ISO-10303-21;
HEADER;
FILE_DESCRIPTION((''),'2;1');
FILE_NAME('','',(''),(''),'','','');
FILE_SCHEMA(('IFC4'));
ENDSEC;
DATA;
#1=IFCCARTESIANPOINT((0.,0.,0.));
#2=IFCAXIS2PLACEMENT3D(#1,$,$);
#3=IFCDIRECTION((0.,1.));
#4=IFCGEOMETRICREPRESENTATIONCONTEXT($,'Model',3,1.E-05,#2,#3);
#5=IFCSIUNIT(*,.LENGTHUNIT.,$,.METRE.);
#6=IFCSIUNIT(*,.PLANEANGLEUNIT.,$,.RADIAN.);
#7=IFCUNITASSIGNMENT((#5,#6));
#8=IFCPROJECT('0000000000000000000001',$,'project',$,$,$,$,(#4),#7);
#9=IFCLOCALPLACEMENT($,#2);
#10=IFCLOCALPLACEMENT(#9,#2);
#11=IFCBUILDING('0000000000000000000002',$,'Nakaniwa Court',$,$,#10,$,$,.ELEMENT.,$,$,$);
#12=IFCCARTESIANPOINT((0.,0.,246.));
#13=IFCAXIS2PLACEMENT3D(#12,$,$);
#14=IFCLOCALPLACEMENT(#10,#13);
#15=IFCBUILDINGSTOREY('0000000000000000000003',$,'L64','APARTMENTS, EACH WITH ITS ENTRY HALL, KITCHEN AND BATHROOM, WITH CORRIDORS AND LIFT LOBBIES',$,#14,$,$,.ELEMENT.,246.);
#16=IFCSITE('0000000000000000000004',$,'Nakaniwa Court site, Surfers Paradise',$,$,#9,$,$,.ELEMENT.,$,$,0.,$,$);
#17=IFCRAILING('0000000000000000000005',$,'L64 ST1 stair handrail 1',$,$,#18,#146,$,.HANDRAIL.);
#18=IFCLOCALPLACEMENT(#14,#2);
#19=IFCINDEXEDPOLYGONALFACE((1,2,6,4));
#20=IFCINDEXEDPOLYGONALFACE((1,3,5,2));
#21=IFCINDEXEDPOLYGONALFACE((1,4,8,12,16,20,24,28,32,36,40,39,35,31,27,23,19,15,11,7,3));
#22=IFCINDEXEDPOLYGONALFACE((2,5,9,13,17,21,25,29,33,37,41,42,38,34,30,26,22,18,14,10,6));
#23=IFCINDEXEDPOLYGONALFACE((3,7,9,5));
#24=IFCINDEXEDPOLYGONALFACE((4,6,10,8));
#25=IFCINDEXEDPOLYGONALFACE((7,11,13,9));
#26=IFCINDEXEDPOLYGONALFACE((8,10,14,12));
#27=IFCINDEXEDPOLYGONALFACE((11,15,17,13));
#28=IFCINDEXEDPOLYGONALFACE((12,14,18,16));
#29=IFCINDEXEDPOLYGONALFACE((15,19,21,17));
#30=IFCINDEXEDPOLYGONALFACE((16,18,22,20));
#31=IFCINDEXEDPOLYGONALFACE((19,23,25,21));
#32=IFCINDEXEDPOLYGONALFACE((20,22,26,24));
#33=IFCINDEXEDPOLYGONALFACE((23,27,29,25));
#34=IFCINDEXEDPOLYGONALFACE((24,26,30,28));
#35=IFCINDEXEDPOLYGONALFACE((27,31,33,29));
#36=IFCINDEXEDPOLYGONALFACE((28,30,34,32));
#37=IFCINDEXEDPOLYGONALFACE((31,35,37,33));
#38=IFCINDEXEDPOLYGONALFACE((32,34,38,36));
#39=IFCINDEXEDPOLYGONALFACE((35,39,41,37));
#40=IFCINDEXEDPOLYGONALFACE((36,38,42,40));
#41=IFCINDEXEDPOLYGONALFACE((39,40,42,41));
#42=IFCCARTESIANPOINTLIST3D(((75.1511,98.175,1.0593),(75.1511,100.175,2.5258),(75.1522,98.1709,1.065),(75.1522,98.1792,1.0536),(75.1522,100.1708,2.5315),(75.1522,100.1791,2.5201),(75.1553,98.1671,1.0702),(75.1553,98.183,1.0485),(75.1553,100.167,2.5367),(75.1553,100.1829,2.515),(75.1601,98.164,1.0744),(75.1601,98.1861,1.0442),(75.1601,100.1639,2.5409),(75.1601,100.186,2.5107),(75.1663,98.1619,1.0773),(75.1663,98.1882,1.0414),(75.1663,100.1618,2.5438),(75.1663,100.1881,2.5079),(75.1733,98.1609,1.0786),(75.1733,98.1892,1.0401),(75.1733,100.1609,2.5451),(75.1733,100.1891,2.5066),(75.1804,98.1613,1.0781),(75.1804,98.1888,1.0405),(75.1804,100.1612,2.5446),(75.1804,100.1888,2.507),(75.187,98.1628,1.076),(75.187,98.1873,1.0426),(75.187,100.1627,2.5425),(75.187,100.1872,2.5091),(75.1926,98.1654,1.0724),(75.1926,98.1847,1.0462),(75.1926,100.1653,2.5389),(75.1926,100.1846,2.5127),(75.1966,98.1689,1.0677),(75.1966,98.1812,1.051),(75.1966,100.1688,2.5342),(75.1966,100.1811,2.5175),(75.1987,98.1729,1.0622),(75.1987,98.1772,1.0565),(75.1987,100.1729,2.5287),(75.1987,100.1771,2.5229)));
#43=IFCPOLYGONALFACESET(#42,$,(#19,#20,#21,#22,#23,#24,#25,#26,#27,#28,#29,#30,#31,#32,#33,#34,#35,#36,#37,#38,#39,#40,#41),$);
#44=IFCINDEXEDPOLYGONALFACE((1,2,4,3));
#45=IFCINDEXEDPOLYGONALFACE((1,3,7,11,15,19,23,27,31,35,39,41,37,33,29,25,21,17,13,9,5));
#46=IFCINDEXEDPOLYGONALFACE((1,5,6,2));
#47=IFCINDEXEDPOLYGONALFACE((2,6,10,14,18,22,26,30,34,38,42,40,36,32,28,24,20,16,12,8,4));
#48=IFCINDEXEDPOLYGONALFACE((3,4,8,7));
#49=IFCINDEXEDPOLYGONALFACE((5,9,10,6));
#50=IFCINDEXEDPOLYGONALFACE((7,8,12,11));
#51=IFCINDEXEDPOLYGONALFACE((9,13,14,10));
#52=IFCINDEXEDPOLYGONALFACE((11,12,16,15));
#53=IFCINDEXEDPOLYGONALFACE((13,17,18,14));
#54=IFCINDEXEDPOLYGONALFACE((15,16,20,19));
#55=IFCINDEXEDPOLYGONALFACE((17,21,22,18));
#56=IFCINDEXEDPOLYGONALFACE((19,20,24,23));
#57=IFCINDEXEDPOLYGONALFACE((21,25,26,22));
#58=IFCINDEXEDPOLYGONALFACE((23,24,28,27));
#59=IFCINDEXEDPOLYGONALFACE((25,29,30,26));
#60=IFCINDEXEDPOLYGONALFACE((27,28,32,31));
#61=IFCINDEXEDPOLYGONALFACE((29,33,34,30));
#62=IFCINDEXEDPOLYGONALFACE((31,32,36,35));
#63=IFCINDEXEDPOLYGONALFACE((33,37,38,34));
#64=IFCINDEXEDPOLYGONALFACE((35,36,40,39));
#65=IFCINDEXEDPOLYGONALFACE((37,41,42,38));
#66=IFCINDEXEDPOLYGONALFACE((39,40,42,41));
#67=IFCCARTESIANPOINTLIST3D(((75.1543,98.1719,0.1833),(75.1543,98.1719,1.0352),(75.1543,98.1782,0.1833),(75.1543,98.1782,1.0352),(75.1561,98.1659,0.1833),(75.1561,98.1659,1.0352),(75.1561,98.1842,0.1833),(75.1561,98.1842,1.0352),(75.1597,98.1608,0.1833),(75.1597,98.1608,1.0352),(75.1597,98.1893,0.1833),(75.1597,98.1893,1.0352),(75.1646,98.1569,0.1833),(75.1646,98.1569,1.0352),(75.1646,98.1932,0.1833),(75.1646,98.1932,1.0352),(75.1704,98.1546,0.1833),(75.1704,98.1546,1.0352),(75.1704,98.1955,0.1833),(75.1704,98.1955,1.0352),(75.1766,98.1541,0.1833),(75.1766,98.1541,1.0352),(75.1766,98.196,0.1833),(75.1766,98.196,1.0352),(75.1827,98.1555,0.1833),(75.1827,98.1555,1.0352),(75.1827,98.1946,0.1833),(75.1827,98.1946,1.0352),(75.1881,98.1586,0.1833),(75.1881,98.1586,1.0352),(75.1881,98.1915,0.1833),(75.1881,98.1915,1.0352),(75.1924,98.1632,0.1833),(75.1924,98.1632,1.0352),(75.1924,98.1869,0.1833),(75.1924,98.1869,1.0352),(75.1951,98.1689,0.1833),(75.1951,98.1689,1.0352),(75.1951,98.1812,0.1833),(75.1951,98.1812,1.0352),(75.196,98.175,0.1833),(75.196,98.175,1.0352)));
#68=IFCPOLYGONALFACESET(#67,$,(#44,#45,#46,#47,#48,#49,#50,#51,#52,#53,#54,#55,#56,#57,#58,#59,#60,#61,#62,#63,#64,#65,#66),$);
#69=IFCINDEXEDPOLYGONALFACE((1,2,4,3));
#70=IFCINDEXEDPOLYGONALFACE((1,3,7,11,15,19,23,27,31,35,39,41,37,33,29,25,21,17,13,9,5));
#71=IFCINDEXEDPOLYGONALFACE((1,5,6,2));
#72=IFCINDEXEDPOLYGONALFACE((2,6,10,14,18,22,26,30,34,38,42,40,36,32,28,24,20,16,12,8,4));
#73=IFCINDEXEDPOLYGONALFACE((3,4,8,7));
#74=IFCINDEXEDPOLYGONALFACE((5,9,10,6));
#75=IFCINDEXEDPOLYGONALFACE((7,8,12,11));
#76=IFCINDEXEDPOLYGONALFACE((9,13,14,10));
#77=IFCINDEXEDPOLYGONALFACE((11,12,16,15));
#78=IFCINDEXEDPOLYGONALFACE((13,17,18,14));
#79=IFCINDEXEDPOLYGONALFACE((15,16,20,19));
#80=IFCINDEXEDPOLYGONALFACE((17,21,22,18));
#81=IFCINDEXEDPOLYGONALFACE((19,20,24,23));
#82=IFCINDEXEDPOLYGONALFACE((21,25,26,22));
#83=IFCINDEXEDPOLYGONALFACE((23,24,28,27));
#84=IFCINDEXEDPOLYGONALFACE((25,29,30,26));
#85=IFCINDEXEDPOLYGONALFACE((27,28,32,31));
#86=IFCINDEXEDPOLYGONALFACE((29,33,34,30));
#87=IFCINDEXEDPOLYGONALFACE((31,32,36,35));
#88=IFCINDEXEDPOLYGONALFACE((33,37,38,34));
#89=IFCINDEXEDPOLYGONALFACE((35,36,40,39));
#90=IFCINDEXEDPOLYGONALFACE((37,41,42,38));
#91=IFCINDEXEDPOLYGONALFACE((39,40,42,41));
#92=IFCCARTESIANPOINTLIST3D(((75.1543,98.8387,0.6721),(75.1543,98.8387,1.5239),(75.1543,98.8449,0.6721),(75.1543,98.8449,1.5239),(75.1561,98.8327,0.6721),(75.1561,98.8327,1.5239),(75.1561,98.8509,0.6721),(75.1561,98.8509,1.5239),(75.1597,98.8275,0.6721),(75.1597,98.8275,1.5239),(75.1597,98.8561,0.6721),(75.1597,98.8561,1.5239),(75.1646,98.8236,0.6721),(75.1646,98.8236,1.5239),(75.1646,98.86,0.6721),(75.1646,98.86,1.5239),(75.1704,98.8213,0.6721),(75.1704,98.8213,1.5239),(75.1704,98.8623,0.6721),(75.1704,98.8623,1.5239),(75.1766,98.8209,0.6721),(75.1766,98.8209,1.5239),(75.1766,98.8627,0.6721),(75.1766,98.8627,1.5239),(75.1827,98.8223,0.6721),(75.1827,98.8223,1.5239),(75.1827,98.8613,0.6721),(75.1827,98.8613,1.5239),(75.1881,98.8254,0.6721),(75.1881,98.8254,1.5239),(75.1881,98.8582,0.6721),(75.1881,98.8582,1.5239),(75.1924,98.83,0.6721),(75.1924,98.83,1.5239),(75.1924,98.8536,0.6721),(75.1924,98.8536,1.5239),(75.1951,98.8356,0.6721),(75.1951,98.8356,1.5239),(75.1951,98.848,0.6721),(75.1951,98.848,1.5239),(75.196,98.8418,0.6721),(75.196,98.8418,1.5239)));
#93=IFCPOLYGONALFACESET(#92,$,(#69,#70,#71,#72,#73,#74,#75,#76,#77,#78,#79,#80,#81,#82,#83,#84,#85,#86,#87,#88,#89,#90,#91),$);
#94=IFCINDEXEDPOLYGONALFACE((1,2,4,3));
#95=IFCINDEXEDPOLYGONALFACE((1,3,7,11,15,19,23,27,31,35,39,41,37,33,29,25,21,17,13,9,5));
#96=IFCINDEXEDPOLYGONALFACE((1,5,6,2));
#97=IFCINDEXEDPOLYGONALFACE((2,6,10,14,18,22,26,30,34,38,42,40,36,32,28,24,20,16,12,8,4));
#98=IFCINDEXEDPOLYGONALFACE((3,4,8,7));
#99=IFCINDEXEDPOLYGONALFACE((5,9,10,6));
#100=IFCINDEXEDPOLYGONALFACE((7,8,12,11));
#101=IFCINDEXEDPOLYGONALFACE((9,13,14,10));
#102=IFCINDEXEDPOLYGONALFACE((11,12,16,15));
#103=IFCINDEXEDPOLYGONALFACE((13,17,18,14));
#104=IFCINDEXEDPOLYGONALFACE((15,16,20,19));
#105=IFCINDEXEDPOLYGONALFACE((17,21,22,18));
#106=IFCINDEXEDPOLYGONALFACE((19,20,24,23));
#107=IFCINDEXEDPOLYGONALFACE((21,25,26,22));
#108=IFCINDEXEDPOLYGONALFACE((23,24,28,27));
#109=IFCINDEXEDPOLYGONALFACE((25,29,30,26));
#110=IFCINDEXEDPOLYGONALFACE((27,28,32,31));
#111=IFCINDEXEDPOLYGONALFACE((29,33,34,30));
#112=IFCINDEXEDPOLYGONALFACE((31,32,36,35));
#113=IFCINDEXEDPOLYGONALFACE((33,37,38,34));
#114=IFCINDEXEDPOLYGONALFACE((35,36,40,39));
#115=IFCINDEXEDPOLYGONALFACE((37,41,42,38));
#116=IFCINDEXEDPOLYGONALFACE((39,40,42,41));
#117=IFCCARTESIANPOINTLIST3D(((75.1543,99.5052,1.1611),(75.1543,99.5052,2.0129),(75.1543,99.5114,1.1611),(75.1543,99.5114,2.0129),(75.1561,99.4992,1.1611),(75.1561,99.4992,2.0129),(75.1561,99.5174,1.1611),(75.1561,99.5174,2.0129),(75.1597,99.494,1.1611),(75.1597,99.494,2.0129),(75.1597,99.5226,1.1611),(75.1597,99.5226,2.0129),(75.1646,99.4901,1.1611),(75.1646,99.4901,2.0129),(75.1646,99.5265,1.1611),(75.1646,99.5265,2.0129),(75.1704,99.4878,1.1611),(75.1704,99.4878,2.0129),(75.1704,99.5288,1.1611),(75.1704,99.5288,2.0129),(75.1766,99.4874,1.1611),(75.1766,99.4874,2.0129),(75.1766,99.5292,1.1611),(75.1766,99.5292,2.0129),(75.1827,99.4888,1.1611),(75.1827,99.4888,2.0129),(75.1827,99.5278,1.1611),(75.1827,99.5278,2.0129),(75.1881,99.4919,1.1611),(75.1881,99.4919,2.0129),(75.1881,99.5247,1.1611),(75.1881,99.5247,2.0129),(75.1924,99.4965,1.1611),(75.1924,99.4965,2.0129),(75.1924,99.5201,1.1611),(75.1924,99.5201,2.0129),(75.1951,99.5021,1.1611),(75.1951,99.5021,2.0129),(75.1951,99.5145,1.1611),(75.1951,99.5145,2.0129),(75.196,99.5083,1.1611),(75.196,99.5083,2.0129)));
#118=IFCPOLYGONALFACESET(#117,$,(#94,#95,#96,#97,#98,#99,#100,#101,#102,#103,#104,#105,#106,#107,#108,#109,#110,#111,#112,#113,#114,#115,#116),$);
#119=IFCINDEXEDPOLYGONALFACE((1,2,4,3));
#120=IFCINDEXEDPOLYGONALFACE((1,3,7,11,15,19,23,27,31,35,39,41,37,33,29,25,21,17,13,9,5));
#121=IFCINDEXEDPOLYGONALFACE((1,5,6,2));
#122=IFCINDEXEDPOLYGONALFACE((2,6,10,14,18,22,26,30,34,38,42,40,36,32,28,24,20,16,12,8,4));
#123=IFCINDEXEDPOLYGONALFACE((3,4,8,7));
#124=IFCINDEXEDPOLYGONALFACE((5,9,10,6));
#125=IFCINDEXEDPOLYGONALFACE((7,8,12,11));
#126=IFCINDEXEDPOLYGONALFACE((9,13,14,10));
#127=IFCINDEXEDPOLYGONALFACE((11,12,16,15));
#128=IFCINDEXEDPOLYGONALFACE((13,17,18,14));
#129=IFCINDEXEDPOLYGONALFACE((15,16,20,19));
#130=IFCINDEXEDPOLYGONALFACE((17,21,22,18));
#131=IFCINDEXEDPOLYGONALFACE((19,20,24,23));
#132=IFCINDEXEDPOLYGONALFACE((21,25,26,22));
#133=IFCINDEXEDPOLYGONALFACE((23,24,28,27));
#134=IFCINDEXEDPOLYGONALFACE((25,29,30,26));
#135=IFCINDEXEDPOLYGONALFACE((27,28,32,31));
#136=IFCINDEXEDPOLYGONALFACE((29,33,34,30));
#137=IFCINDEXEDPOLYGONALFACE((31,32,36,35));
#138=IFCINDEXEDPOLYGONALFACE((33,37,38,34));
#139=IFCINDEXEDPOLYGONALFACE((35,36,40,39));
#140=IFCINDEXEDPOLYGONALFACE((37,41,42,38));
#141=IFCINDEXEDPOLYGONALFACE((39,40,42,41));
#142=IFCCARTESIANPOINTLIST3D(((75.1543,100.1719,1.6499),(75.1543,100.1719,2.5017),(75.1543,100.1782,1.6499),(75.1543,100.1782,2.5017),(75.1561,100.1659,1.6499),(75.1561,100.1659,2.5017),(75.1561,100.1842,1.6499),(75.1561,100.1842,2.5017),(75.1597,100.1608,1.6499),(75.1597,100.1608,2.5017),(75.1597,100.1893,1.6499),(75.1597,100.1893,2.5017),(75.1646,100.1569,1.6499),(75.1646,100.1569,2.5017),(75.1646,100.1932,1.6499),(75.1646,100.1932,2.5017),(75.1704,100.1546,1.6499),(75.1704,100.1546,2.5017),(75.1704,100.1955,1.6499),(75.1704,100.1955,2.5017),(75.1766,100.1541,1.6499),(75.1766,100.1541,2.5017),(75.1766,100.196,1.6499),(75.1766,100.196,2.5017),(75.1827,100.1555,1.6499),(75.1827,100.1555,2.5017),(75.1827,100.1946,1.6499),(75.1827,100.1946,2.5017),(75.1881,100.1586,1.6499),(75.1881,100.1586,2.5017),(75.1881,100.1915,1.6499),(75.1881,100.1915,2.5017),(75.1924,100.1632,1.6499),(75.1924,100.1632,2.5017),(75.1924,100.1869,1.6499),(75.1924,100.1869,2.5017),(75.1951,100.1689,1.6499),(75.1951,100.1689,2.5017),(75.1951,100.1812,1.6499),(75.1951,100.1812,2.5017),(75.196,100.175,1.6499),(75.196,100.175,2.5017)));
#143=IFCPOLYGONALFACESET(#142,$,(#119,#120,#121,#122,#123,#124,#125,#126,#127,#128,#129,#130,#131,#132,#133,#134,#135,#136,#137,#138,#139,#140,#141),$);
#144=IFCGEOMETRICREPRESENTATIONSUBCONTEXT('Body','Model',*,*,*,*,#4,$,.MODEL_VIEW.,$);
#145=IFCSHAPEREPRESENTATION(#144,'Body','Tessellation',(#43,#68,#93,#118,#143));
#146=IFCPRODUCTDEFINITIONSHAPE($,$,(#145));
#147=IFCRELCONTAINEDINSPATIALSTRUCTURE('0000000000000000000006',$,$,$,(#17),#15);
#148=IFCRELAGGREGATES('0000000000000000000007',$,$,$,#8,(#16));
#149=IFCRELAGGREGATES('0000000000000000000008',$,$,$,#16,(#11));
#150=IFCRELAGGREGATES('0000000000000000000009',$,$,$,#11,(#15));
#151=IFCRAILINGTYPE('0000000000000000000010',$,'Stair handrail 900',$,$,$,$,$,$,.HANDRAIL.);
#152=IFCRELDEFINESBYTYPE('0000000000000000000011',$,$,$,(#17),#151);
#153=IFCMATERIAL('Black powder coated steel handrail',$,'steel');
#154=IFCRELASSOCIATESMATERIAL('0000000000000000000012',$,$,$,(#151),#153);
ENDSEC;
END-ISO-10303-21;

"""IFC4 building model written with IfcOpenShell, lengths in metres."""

from ifc_helpers import new_model, si_unit, direction, frame, origin, origin_2d, place, context, subcontext, project, spatial, circle, extrude, material, type_object, element, save


model = new_model("IFC4")

# Units and contexts
model_context = context("Model", 3, precision=1e-05, world=origin(), true_north=direction((0.0, 1.0)))
body_context = subcontext(model_context, "Body", "Model", "MODEL_VIEW")
ifc_project = project(units=[si_unit("LENGTHUNIT", "METRE"), si_unit("PLANEANGLEUNIT", "RADIAN")], contexts=[model_context])

# Site, building, storey
site_placement = place(None, origin())
site = spatial("IfcSite", under=ifc_project, at=site_placement, Name="Nakaniwa Court site, Surfers Paradise", CompositionType="ELEMENT", RefElevation=0.0)
building_placement = place(site_placement, origin())
building = spatial("IfcBuilding", under=site, at=building_placement, Name="Nakaniwa Court", CompositionType="ELEMENT")
storey_placement = place(building_placement, frame((0.0, 0.0, 246.0)))
storey = spatial("IfcBuildingStorey", under=building, at=storey_placement, Name="L64", Description="APARTMENTS, EACH WITH ITS ENTRY HALL, KITCHEN AND BATHROOM, WITH CORRIDORS AND LIFT LOBBIES", CompositionType="ELEMENT", Elevation=246.0)

# Railing
ifc_material_1 = material(Name="Black powder coated steel handrail", Category="steel")
railing_type_1 = type_object("IfcRailingType", Name="Stair handrail 900", PredefinedType="HANDRAIL", material=ifc_material_1)
railing_1_placement = place(storey_placement, frame((75.175, 98.175, 0.1833)))
element("IfcRailing", 1, at=railing_1_placement, inside=storey, type_object=railing_type_1, Name="L64 ST1 stair handrail 1", PredefinedType="HANDRAIL", context=body_context, shape_type="SweptSolid", body=[
    extrude(circle(Radius=0.0239, at=origin_2d()), frame((0.0, 0.0, 0.876), z_axis=(0.0, 0.806427, 0.591334), x_axis=(-1.0, 0.0, 0.0)), (0.0, 0.0, 1.0), 2.48),
    extrude(circle(Radius=0.021, at=origin_2d()), origin(), (0.0, 0.0, 1.0), 0.8518),
    extrude(circle(Radius=0.021, at=origin_2d()), frame((0.0, 0.6667, 0.4888)), (0.0, 0.0, 1.0), 0.8518),
    extrude(circle(Radius=0.021, at=origin_2d()), frame((0.0, 1.3333, 0.9778)), (0.0, 0.0, 1.0), 0.8518),
    extrude(circle(Radius=0.021, at=origin_2d()), frame((0.0, 2.0, 1.4666)), (0.0, 0.0, 1.0), 0.8518),
])

save(model, "model.ifc")
